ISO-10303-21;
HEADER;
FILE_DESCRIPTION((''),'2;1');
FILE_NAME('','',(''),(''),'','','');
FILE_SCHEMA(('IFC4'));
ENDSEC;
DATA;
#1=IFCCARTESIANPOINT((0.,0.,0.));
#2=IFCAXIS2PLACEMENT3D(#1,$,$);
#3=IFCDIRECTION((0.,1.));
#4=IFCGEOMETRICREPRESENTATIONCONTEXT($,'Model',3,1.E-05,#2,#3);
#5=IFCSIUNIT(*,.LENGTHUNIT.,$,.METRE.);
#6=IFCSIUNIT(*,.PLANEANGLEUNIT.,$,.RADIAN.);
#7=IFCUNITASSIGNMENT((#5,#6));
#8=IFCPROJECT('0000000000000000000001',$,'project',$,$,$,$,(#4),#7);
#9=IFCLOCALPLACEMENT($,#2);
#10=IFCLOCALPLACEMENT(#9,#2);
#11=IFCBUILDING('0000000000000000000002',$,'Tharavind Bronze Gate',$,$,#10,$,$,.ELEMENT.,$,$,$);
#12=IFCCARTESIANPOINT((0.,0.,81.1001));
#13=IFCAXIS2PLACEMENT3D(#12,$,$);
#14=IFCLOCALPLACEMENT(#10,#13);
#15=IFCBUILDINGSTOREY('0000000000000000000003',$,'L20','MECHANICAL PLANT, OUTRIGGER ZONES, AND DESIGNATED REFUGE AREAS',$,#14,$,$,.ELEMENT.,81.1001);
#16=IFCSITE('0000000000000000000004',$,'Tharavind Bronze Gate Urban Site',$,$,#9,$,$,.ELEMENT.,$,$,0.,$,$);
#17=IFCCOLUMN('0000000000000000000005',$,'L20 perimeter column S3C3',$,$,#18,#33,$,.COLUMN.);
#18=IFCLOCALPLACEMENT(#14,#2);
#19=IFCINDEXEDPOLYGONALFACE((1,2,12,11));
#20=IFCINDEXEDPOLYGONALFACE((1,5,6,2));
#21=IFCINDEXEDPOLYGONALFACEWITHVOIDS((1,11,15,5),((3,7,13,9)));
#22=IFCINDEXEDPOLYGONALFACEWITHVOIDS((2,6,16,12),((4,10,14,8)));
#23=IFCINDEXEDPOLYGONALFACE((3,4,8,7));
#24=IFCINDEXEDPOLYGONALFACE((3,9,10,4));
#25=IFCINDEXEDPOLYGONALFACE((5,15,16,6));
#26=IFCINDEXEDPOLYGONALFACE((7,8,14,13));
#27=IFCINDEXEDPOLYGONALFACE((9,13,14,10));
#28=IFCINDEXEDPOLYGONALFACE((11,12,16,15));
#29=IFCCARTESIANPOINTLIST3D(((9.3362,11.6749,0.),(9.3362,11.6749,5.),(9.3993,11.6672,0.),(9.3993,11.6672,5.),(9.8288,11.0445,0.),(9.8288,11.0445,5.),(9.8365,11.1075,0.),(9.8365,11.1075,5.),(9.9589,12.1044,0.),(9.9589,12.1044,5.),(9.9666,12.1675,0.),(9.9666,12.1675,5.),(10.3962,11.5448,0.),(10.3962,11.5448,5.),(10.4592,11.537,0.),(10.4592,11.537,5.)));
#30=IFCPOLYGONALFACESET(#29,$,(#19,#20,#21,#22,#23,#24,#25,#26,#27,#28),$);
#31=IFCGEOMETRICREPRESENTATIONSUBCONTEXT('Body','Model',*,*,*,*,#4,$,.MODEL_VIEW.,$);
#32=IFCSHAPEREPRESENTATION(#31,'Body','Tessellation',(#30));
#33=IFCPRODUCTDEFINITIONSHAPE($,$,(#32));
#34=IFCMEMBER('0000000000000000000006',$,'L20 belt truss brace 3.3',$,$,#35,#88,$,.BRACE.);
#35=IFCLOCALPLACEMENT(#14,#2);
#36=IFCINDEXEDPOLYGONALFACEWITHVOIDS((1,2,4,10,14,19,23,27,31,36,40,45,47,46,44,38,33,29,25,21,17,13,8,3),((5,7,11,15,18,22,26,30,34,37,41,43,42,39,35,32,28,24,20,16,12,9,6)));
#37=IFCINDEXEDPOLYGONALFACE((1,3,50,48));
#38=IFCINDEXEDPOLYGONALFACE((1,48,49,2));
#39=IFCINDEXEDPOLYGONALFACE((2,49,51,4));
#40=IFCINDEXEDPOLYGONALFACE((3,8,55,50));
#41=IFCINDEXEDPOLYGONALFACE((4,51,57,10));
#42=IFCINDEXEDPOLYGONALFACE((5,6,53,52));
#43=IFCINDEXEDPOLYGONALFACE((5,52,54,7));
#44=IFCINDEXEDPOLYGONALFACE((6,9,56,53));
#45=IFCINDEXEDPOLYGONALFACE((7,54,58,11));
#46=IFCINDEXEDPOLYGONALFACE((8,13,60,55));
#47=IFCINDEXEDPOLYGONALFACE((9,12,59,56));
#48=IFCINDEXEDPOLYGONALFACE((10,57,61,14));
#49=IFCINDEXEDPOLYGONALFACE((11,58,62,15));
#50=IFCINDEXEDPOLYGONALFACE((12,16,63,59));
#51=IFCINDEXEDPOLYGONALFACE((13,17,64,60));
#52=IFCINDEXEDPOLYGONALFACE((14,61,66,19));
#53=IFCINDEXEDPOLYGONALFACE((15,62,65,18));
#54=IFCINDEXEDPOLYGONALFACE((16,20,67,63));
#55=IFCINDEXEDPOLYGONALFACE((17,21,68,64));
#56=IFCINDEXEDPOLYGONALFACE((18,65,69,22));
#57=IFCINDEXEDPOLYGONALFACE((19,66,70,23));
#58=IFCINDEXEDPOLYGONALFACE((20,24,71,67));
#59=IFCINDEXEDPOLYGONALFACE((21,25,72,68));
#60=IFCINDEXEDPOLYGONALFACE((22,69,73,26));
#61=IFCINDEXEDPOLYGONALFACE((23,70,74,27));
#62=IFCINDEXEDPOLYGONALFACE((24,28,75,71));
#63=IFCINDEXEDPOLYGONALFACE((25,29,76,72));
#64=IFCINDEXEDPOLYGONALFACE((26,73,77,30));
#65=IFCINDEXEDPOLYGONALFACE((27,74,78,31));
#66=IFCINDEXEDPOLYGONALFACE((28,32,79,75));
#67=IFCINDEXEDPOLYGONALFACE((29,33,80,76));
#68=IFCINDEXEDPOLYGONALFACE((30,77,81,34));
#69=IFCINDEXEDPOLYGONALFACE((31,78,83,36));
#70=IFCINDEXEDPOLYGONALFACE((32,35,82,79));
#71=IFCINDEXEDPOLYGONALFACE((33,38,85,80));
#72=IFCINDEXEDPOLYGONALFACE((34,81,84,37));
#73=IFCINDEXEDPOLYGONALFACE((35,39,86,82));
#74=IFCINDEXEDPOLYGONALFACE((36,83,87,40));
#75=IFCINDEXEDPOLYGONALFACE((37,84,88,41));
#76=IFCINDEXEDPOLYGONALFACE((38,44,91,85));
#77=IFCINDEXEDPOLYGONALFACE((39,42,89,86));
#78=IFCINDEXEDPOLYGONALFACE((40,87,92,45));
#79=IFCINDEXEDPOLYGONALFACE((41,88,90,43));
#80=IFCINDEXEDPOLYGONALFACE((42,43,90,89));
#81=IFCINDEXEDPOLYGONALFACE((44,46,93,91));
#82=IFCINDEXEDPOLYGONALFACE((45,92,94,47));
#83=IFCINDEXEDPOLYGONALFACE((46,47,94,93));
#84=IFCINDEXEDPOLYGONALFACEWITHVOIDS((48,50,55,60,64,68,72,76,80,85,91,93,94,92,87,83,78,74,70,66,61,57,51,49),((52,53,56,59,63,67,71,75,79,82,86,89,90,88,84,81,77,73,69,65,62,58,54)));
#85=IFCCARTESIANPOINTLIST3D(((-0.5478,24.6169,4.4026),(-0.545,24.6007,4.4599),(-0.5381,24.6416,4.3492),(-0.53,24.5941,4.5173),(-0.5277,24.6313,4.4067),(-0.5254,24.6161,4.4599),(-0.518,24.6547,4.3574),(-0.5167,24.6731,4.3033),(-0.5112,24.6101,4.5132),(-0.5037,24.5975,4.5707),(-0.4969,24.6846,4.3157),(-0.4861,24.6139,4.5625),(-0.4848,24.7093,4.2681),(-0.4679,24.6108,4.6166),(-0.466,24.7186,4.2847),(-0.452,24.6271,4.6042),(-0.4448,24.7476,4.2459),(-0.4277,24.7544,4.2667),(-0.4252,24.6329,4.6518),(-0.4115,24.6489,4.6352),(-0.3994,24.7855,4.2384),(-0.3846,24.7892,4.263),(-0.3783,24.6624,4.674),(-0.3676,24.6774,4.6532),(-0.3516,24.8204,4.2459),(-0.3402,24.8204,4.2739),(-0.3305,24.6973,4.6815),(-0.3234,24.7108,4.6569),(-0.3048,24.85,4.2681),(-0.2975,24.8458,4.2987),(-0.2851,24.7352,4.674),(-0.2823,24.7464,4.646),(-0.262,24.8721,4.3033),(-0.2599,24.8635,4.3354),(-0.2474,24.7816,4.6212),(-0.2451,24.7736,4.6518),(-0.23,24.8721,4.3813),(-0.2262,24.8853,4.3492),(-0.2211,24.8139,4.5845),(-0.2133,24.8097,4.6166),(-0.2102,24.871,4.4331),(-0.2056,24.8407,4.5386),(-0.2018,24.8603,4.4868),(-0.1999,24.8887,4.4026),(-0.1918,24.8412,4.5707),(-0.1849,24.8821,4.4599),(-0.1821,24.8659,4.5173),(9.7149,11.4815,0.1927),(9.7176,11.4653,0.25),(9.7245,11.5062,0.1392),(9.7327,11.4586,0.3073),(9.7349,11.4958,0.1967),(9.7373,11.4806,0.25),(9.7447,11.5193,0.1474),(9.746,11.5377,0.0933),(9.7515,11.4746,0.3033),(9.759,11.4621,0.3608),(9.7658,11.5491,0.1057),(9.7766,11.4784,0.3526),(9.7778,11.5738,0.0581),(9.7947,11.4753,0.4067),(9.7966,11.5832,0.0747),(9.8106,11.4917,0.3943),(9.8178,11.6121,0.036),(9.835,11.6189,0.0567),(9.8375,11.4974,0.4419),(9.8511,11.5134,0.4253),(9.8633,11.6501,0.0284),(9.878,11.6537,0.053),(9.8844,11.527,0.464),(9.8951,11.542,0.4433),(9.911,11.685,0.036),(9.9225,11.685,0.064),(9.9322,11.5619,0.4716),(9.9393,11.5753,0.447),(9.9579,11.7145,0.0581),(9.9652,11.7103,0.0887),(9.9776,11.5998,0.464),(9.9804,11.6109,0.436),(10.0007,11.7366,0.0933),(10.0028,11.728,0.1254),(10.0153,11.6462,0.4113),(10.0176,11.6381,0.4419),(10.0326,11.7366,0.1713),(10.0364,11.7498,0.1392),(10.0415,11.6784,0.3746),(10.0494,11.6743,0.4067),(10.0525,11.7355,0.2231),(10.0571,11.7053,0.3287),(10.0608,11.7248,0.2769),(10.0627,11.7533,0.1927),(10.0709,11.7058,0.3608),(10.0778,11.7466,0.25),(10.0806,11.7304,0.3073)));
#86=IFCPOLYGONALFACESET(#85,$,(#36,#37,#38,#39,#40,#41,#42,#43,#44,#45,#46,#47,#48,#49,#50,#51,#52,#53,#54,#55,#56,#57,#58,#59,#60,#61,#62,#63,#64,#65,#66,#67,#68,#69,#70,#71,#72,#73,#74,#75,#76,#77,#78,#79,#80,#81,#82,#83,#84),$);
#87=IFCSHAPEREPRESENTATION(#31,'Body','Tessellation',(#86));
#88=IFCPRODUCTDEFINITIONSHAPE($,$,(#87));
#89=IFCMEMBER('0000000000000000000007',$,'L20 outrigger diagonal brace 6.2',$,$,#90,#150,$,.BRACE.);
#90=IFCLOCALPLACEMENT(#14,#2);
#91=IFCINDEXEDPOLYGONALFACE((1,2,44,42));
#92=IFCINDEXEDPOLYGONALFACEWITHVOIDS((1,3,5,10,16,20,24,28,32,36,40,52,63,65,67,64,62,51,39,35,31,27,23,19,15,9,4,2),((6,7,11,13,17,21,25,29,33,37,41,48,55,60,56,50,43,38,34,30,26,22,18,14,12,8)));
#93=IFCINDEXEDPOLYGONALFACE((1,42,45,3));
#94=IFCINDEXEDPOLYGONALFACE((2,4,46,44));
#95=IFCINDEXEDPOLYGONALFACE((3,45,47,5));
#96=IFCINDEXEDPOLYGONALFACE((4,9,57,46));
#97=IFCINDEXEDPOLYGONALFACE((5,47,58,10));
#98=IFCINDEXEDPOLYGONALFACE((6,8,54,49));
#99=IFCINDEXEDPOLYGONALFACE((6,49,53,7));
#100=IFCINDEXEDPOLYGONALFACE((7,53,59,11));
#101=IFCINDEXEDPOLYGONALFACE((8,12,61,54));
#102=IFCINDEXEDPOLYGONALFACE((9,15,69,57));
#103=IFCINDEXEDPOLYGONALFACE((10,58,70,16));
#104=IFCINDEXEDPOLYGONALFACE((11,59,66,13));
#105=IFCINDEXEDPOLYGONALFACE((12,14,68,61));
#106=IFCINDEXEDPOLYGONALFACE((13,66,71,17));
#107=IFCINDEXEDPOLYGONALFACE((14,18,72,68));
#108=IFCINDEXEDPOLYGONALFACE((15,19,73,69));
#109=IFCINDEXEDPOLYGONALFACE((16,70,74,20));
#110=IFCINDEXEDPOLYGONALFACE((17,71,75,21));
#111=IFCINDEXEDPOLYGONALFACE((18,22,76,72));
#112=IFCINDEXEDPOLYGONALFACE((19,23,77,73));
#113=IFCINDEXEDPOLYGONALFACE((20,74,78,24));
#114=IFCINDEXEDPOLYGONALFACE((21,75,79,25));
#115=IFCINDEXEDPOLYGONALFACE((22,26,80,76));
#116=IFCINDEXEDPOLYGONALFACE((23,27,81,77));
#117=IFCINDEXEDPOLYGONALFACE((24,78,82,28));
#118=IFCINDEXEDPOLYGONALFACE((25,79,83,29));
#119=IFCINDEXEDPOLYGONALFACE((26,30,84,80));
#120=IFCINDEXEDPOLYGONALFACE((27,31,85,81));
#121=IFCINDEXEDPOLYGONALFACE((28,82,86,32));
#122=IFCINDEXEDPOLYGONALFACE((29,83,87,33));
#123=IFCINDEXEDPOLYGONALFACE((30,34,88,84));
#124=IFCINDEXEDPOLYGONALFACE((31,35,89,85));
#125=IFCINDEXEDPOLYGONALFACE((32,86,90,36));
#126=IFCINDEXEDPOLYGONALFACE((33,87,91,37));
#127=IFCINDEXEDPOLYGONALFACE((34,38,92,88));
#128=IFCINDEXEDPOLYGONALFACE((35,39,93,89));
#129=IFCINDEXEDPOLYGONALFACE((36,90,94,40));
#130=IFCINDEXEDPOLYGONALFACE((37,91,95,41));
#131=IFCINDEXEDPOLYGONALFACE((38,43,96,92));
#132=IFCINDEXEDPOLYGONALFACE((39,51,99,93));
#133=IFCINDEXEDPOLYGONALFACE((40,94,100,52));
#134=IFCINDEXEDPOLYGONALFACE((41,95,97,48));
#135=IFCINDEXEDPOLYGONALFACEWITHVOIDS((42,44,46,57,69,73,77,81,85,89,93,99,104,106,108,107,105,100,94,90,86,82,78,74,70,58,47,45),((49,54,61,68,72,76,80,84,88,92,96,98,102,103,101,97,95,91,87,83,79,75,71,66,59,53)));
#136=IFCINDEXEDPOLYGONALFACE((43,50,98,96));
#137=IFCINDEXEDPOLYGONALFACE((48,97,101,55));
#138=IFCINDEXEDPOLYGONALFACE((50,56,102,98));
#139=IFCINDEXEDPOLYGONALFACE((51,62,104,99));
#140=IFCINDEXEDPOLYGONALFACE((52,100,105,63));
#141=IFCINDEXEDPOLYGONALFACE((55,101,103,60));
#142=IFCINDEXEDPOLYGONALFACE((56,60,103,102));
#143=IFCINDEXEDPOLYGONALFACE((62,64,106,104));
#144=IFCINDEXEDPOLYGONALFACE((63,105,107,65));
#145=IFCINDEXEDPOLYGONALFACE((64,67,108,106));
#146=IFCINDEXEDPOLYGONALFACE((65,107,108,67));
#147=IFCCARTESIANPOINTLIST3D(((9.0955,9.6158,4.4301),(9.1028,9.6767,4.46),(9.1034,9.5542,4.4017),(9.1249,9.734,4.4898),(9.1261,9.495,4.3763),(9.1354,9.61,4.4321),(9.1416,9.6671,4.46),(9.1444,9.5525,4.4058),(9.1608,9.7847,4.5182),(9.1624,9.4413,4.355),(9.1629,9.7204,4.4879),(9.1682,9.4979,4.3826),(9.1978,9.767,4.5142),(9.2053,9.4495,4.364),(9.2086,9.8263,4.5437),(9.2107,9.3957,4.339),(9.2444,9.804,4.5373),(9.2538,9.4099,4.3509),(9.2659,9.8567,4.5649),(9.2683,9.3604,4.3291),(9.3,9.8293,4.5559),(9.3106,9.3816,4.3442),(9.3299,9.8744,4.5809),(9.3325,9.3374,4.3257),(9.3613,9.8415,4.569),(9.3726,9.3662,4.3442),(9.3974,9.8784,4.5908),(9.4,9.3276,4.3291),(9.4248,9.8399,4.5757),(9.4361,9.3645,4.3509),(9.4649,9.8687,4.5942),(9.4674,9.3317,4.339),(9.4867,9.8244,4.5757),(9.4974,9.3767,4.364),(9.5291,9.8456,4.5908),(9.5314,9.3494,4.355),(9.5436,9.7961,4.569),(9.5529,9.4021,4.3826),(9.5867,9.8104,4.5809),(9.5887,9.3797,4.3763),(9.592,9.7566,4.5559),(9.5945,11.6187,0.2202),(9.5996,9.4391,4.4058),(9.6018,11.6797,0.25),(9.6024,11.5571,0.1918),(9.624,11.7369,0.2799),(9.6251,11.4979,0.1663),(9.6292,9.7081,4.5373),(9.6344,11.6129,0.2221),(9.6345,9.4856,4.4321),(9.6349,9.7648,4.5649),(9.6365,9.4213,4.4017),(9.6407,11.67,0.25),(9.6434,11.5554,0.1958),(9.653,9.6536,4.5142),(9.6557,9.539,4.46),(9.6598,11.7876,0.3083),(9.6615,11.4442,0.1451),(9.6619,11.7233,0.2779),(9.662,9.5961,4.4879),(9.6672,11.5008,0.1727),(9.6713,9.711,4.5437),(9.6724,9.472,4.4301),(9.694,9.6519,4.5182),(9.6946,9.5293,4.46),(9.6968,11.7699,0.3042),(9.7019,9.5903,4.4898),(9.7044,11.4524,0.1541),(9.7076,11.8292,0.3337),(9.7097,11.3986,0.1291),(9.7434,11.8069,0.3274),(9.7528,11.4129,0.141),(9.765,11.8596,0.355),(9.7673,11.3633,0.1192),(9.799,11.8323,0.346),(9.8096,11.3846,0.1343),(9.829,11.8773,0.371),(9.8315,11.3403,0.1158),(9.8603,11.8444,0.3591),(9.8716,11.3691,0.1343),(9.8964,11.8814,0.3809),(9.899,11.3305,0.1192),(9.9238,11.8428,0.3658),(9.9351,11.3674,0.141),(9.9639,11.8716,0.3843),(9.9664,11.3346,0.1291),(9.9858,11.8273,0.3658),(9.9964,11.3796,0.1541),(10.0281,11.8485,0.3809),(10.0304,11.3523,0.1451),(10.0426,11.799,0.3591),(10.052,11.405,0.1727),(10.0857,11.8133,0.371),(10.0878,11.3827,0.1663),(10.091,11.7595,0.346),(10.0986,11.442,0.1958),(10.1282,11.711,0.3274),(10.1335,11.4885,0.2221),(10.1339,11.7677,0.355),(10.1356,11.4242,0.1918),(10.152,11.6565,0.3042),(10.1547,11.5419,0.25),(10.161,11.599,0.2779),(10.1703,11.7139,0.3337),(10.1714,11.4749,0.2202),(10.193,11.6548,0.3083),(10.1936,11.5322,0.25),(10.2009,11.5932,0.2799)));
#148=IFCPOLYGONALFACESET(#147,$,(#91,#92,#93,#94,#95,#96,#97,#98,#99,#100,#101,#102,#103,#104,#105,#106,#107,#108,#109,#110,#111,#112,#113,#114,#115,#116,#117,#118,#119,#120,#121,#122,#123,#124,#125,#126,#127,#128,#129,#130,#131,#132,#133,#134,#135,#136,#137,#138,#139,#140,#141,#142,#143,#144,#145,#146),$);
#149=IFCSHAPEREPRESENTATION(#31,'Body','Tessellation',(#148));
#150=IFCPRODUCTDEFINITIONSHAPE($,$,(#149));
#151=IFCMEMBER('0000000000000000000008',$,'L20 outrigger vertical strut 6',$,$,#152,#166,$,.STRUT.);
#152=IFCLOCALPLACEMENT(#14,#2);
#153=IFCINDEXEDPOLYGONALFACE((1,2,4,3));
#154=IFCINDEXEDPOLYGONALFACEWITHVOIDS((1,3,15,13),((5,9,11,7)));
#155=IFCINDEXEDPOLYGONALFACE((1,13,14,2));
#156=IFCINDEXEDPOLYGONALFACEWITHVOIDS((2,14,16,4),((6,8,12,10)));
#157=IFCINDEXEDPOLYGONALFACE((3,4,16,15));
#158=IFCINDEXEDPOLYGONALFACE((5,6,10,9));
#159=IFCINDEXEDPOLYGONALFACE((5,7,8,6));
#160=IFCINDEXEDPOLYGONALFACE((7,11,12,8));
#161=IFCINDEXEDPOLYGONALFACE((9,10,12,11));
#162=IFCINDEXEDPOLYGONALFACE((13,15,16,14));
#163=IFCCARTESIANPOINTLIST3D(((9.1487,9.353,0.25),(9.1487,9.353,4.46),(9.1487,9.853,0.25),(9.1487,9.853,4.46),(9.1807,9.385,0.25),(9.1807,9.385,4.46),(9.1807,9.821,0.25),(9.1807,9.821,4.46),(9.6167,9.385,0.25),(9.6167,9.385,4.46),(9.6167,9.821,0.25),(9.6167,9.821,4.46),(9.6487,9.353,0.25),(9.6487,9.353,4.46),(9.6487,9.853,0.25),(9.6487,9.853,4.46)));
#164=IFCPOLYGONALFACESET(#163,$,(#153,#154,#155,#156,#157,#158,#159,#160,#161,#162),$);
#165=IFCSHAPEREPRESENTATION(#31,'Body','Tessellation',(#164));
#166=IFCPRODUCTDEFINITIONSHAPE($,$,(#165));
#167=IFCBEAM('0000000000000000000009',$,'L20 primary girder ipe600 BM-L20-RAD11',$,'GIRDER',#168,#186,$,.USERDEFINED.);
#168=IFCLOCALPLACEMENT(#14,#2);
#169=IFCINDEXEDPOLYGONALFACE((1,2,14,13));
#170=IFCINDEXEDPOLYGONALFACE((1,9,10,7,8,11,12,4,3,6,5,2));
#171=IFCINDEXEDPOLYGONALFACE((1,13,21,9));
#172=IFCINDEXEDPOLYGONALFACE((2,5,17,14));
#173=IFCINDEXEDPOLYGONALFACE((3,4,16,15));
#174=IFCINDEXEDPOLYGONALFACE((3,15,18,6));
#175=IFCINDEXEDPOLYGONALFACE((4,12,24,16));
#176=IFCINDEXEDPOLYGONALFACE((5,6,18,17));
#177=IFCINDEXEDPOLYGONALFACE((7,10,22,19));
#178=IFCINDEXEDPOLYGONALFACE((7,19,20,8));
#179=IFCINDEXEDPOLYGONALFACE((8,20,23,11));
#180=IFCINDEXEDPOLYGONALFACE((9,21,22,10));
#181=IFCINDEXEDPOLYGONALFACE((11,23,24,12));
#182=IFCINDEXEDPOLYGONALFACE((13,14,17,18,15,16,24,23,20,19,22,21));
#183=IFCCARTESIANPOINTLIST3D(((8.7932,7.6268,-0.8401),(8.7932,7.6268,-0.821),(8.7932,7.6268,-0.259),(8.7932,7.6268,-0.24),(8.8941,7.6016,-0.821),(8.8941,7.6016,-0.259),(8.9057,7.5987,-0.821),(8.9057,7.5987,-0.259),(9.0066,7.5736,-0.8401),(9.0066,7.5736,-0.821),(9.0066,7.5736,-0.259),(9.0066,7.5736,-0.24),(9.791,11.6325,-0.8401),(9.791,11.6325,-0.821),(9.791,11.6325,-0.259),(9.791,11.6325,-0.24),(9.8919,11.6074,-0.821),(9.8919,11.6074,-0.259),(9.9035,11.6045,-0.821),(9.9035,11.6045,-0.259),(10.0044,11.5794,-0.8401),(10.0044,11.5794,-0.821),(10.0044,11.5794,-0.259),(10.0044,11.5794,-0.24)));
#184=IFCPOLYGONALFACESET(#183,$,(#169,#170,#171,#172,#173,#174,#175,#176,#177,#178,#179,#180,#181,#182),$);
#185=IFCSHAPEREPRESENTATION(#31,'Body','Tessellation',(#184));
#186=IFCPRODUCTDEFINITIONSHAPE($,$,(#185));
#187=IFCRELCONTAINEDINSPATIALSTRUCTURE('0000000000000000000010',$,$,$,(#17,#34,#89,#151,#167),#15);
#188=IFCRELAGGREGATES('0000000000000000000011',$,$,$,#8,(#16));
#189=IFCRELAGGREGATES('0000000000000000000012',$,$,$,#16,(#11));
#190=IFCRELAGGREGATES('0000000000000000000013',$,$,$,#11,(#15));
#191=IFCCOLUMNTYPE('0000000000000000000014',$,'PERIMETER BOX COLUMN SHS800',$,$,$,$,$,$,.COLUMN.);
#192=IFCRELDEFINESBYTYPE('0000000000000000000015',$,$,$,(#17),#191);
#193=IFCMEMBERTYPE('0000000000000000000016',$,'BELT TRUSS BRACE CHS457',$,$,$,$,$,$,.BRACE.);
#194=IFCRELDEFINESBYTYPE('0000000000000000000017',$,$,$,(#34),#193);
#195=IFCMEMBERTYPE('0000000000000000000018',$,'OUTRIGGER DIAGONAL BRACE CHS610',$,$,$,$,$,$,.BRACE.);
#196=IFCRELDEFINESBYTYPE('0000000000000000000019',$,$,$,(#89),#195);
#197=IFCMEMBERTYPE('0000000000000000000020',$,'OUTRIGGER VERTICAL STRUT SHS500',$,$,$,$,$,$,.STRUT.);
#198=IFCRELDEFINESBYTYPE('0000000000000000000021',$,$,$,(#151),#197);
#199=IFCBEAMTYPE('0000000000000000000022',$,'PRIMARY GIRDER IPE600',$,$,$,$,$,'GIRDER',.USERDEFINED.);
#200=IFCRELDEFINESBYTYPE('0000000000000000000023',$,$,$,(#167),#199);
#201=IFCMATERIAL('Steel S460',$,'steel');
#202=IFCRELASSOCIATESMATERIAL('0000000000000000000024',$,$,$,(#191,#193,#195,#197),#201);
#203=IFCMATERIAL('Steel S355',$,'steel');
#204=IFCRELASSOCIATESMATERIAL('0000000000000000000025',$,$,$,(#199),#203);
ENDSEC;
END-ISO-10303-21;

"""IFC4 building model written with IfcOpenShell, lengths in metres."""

from ifc_helpers import new_model, si_unit, direction, frame, origin, origin_2d, place, context, subcontext, project, spatial, hollow_rectangle, hollow_circle, i_section, extrude, material, material_profile, profile_set, type_object, element, save


model = new_model("IFC4")

# Units and contexts
model_context = context("Model", 3, precision=1e-05, world=origin(), true_north=direction((0.0, 1.0)))
body_context = subcontext(model_context, "Body", "Model", "MODEL_VIEW")
ifc_project = project(units=[si_unit("LENGTHUNIT", "METRE"), si_unit("PLANEANGLEUNIT", "RADIAN")], contexts=[model_context])

# Site, building, storey
site_placement = place(None, origin())
site = spatial("IfcSite", under=ifc_project, at=site_placement, Name="Tharavind Bronze Gate Urban Site", CompositionType="ELEMENT", RefElevation=0.0)
building_placement = place(site_placement, origin())
building = spatial("IfcBuilding", under=site, at=building_placement, Name="Tharavind Bronze Gate", CompositionType="ELEMENT")
storey_placement = place(building_placement, frame((0.0, 0.0, 81.1001)))
storey = spatial("IfcBuildingStorey", under=building, at=storey_placement, Name="L20", Description="MECHANICAL PLANT, OUTRIGGER ZONES, AND DESIGNATED REFUGE AREAS", CompositionType="ELEMENT", Elevation=81.1001)

# Column
ifc_material_1 = material(Name="Steel S460", Category="steel")
ifc_material_profile_1 = material_profile(ifc_material_1, hollow_rectangle(XDim=0.8, YDim=0.8, WallThickness=0.0449, at=origin_2d()), Name="SHS800X45")
ifc_profile_set_1 = profile_set([ifc_material_profile_1], Name="Steel S460")
column_type = type_object("IfcColumnType", Name="PERIMETER BOX COLUMN SHS800", PredefinedType="COLUMN", material=ifc_profile_set_1)
column_placement = place(storey_placement, frame((9.8977, 11.606, 0.0), z_axis=(0.0, 0.0, 1.0), x_axis=(-0.615661, 0.788011, 0.0)))
element("IfcColumn", 1, at=column_placement, inside=storey, type_object=column_type, Name="L20 perimeter column S3C3", PredefinedType="COLUMN", context=body_context, shape_type="SweptSolid", body=[
    extrude(hollow_rectangle(XDim=0.8, YDim=0.8, WallThickness=0.0449, at=origin_2d()), origin(), (0.0, 0.0, 1.0), 5.0),
])

# Members
ifc_material_profile_2 = material_profile(ifc_material_1, hollow_circle(Radius=0.2285, WallThickness=0.0249, at=origin_2d()), Name="CHS457X25")
ifc_profile_set_2 = profile_set([ifc_material_profile_2], Name="Steel S460")
member_type_1 = type_object("IfcMemberType", Name="BELT TRUSS BRACE CHS457", PredefinedType="BRACE", material=ifc_profile_set_2)
member_1_placement = place(storey_placement, frame((9.8977, 11.606, 0.25), z_axis=(-0.596923, 0.764017, 0.244869), x_axis=(-0.788007, -0.615666, 0.0)))
element("IfcMember", 2, at=member_1_placement, inside=storey, type_object=member_type_1, Name="L20 belt truss brace 3.3", PredefinedType="BRACE", context=body_context, shape_type="SweptSolid", body=[
    extrude(hollow_circle(Radius=0.2285, WallThickness=0.0249, at=origin_2d()), origin(), (0.0, 0.0, 1.0), 17.1926),
])
ifc_material_profile_3 = material_profile(ifc_material_1, hollow_circle(Radius=0.3049, WallThickness=0.04, at=origin_2d()), Name="CHS610X40")
ifc_profile_set_3 = profile_set([ifc_material_profile_3], Name="Steel S460")
member_type_2 = type_object("IfcMemberType", Name="OUTRIGGER DIAGONAL BRACE CHS610", PredefinedType="BRACE", material=ifc_profile_set_3)
member_2_placement = place(storey_placement, frame((9.3987, 9.603, 4.46), z_axis=(0.10643, 0.427176, -0.897883), x_axis=(-0.970337, 0.241756, 0.0)))
element("IfcMember", 3, at=member_2_placement, inside=storey, type_object=member_type_2, Name="L20 outrigger diagonal brace 6.2", PredefinedType="BRACE", context=body_context, shape_type="SweptSolid", body=[
    extrude(hollow_circle(Radius=0.3049, WallThickness=0.04, at=origin_2d()), origin(), (0.0, 0.0, 1.0), 4.6887),
])
ifc_material_profile_4 = material_profile(ifc_material_1, hollow_rectangle(XDim=0.5, YDim=0.5, WallThickness=0.032, at=origin_2d()), Name="SHS500X32")
ifc_profile_set_4 = profile_set([ifc_material_profile_4], Name="Steel S460")
member_type_3 = type_object("IfcMemberType", Name="OUTRIGGER VERTICAL STRUT SHS500", PredefinedType="STRUT", material=ifc_profile_set_4)
member_3_placement = place(storey_placement, frame((9.3987, 9.603, 0.25), z_axis=(0.0, 0.0, 1.0), x_axis=(1.0, 0.0, 0.0)))
element("IfcMember", 4, at=member_3_placement, inside=storey, type_object=member_type_3, Name="L20 outrigger vertical strut 6", PredefinedType="STRUT", context=body_context, shape_type="SweptSolid", body=[
    extrude(hollow_rectangle(XDim=0.5, YDim=0.5, WallThickness=0.032, at=origin_2d()), origin(), (0.0, 0.0, 1.0), 4.21),
])

# Beam
ifc_material_2 = material(Name="Steel S355", Category="steel")
ifc_material_profile_5 = material_profile(ifc_material_2, i_section(OverallWidth=0.22, OverallDepth=0.6001, WebThickness=0.012, FlangeThickness=0.019, at=origin_2d()), Name="IPE600")
ifc_profile_set_5 = profile_set([ifc_material_profile_5], Name="Steel S355")
beam_type_1 = type_object("IfcBeamType", Name="PRIMARY GIRDER IPE600", ElementType="GIRDER", PredefinedType="USERDEFINED", material=ifc_profile_set_5)
beam_1_placement = place(storey_placement, frame((9.8977, 11.606, -0.54), z_axis=(-0.241701, -0.970351, 0.0), x_axis=(0.970351, -0.241701, 0.0)))
element("IfcBeam", 5, at=beam_1_placement, inside=storey, type_object=beam_type_1, Name="L20 primary girder ipe600 BM-L20-RAD11", ObjectType="GIRDER", PredefinedType="USERDEFINED", context=body_context, shape_type="SweptSolid", body=[
    extrude(i_section(OverallWidth=0.22, OverallDepth=0.6001, WebThickness=0.012, FlangeThickness=0.019, at=origin_2d()), origin(), (0.0, 0.0, 1.0), 4.1282),
])

save(model, "model.ifc")
